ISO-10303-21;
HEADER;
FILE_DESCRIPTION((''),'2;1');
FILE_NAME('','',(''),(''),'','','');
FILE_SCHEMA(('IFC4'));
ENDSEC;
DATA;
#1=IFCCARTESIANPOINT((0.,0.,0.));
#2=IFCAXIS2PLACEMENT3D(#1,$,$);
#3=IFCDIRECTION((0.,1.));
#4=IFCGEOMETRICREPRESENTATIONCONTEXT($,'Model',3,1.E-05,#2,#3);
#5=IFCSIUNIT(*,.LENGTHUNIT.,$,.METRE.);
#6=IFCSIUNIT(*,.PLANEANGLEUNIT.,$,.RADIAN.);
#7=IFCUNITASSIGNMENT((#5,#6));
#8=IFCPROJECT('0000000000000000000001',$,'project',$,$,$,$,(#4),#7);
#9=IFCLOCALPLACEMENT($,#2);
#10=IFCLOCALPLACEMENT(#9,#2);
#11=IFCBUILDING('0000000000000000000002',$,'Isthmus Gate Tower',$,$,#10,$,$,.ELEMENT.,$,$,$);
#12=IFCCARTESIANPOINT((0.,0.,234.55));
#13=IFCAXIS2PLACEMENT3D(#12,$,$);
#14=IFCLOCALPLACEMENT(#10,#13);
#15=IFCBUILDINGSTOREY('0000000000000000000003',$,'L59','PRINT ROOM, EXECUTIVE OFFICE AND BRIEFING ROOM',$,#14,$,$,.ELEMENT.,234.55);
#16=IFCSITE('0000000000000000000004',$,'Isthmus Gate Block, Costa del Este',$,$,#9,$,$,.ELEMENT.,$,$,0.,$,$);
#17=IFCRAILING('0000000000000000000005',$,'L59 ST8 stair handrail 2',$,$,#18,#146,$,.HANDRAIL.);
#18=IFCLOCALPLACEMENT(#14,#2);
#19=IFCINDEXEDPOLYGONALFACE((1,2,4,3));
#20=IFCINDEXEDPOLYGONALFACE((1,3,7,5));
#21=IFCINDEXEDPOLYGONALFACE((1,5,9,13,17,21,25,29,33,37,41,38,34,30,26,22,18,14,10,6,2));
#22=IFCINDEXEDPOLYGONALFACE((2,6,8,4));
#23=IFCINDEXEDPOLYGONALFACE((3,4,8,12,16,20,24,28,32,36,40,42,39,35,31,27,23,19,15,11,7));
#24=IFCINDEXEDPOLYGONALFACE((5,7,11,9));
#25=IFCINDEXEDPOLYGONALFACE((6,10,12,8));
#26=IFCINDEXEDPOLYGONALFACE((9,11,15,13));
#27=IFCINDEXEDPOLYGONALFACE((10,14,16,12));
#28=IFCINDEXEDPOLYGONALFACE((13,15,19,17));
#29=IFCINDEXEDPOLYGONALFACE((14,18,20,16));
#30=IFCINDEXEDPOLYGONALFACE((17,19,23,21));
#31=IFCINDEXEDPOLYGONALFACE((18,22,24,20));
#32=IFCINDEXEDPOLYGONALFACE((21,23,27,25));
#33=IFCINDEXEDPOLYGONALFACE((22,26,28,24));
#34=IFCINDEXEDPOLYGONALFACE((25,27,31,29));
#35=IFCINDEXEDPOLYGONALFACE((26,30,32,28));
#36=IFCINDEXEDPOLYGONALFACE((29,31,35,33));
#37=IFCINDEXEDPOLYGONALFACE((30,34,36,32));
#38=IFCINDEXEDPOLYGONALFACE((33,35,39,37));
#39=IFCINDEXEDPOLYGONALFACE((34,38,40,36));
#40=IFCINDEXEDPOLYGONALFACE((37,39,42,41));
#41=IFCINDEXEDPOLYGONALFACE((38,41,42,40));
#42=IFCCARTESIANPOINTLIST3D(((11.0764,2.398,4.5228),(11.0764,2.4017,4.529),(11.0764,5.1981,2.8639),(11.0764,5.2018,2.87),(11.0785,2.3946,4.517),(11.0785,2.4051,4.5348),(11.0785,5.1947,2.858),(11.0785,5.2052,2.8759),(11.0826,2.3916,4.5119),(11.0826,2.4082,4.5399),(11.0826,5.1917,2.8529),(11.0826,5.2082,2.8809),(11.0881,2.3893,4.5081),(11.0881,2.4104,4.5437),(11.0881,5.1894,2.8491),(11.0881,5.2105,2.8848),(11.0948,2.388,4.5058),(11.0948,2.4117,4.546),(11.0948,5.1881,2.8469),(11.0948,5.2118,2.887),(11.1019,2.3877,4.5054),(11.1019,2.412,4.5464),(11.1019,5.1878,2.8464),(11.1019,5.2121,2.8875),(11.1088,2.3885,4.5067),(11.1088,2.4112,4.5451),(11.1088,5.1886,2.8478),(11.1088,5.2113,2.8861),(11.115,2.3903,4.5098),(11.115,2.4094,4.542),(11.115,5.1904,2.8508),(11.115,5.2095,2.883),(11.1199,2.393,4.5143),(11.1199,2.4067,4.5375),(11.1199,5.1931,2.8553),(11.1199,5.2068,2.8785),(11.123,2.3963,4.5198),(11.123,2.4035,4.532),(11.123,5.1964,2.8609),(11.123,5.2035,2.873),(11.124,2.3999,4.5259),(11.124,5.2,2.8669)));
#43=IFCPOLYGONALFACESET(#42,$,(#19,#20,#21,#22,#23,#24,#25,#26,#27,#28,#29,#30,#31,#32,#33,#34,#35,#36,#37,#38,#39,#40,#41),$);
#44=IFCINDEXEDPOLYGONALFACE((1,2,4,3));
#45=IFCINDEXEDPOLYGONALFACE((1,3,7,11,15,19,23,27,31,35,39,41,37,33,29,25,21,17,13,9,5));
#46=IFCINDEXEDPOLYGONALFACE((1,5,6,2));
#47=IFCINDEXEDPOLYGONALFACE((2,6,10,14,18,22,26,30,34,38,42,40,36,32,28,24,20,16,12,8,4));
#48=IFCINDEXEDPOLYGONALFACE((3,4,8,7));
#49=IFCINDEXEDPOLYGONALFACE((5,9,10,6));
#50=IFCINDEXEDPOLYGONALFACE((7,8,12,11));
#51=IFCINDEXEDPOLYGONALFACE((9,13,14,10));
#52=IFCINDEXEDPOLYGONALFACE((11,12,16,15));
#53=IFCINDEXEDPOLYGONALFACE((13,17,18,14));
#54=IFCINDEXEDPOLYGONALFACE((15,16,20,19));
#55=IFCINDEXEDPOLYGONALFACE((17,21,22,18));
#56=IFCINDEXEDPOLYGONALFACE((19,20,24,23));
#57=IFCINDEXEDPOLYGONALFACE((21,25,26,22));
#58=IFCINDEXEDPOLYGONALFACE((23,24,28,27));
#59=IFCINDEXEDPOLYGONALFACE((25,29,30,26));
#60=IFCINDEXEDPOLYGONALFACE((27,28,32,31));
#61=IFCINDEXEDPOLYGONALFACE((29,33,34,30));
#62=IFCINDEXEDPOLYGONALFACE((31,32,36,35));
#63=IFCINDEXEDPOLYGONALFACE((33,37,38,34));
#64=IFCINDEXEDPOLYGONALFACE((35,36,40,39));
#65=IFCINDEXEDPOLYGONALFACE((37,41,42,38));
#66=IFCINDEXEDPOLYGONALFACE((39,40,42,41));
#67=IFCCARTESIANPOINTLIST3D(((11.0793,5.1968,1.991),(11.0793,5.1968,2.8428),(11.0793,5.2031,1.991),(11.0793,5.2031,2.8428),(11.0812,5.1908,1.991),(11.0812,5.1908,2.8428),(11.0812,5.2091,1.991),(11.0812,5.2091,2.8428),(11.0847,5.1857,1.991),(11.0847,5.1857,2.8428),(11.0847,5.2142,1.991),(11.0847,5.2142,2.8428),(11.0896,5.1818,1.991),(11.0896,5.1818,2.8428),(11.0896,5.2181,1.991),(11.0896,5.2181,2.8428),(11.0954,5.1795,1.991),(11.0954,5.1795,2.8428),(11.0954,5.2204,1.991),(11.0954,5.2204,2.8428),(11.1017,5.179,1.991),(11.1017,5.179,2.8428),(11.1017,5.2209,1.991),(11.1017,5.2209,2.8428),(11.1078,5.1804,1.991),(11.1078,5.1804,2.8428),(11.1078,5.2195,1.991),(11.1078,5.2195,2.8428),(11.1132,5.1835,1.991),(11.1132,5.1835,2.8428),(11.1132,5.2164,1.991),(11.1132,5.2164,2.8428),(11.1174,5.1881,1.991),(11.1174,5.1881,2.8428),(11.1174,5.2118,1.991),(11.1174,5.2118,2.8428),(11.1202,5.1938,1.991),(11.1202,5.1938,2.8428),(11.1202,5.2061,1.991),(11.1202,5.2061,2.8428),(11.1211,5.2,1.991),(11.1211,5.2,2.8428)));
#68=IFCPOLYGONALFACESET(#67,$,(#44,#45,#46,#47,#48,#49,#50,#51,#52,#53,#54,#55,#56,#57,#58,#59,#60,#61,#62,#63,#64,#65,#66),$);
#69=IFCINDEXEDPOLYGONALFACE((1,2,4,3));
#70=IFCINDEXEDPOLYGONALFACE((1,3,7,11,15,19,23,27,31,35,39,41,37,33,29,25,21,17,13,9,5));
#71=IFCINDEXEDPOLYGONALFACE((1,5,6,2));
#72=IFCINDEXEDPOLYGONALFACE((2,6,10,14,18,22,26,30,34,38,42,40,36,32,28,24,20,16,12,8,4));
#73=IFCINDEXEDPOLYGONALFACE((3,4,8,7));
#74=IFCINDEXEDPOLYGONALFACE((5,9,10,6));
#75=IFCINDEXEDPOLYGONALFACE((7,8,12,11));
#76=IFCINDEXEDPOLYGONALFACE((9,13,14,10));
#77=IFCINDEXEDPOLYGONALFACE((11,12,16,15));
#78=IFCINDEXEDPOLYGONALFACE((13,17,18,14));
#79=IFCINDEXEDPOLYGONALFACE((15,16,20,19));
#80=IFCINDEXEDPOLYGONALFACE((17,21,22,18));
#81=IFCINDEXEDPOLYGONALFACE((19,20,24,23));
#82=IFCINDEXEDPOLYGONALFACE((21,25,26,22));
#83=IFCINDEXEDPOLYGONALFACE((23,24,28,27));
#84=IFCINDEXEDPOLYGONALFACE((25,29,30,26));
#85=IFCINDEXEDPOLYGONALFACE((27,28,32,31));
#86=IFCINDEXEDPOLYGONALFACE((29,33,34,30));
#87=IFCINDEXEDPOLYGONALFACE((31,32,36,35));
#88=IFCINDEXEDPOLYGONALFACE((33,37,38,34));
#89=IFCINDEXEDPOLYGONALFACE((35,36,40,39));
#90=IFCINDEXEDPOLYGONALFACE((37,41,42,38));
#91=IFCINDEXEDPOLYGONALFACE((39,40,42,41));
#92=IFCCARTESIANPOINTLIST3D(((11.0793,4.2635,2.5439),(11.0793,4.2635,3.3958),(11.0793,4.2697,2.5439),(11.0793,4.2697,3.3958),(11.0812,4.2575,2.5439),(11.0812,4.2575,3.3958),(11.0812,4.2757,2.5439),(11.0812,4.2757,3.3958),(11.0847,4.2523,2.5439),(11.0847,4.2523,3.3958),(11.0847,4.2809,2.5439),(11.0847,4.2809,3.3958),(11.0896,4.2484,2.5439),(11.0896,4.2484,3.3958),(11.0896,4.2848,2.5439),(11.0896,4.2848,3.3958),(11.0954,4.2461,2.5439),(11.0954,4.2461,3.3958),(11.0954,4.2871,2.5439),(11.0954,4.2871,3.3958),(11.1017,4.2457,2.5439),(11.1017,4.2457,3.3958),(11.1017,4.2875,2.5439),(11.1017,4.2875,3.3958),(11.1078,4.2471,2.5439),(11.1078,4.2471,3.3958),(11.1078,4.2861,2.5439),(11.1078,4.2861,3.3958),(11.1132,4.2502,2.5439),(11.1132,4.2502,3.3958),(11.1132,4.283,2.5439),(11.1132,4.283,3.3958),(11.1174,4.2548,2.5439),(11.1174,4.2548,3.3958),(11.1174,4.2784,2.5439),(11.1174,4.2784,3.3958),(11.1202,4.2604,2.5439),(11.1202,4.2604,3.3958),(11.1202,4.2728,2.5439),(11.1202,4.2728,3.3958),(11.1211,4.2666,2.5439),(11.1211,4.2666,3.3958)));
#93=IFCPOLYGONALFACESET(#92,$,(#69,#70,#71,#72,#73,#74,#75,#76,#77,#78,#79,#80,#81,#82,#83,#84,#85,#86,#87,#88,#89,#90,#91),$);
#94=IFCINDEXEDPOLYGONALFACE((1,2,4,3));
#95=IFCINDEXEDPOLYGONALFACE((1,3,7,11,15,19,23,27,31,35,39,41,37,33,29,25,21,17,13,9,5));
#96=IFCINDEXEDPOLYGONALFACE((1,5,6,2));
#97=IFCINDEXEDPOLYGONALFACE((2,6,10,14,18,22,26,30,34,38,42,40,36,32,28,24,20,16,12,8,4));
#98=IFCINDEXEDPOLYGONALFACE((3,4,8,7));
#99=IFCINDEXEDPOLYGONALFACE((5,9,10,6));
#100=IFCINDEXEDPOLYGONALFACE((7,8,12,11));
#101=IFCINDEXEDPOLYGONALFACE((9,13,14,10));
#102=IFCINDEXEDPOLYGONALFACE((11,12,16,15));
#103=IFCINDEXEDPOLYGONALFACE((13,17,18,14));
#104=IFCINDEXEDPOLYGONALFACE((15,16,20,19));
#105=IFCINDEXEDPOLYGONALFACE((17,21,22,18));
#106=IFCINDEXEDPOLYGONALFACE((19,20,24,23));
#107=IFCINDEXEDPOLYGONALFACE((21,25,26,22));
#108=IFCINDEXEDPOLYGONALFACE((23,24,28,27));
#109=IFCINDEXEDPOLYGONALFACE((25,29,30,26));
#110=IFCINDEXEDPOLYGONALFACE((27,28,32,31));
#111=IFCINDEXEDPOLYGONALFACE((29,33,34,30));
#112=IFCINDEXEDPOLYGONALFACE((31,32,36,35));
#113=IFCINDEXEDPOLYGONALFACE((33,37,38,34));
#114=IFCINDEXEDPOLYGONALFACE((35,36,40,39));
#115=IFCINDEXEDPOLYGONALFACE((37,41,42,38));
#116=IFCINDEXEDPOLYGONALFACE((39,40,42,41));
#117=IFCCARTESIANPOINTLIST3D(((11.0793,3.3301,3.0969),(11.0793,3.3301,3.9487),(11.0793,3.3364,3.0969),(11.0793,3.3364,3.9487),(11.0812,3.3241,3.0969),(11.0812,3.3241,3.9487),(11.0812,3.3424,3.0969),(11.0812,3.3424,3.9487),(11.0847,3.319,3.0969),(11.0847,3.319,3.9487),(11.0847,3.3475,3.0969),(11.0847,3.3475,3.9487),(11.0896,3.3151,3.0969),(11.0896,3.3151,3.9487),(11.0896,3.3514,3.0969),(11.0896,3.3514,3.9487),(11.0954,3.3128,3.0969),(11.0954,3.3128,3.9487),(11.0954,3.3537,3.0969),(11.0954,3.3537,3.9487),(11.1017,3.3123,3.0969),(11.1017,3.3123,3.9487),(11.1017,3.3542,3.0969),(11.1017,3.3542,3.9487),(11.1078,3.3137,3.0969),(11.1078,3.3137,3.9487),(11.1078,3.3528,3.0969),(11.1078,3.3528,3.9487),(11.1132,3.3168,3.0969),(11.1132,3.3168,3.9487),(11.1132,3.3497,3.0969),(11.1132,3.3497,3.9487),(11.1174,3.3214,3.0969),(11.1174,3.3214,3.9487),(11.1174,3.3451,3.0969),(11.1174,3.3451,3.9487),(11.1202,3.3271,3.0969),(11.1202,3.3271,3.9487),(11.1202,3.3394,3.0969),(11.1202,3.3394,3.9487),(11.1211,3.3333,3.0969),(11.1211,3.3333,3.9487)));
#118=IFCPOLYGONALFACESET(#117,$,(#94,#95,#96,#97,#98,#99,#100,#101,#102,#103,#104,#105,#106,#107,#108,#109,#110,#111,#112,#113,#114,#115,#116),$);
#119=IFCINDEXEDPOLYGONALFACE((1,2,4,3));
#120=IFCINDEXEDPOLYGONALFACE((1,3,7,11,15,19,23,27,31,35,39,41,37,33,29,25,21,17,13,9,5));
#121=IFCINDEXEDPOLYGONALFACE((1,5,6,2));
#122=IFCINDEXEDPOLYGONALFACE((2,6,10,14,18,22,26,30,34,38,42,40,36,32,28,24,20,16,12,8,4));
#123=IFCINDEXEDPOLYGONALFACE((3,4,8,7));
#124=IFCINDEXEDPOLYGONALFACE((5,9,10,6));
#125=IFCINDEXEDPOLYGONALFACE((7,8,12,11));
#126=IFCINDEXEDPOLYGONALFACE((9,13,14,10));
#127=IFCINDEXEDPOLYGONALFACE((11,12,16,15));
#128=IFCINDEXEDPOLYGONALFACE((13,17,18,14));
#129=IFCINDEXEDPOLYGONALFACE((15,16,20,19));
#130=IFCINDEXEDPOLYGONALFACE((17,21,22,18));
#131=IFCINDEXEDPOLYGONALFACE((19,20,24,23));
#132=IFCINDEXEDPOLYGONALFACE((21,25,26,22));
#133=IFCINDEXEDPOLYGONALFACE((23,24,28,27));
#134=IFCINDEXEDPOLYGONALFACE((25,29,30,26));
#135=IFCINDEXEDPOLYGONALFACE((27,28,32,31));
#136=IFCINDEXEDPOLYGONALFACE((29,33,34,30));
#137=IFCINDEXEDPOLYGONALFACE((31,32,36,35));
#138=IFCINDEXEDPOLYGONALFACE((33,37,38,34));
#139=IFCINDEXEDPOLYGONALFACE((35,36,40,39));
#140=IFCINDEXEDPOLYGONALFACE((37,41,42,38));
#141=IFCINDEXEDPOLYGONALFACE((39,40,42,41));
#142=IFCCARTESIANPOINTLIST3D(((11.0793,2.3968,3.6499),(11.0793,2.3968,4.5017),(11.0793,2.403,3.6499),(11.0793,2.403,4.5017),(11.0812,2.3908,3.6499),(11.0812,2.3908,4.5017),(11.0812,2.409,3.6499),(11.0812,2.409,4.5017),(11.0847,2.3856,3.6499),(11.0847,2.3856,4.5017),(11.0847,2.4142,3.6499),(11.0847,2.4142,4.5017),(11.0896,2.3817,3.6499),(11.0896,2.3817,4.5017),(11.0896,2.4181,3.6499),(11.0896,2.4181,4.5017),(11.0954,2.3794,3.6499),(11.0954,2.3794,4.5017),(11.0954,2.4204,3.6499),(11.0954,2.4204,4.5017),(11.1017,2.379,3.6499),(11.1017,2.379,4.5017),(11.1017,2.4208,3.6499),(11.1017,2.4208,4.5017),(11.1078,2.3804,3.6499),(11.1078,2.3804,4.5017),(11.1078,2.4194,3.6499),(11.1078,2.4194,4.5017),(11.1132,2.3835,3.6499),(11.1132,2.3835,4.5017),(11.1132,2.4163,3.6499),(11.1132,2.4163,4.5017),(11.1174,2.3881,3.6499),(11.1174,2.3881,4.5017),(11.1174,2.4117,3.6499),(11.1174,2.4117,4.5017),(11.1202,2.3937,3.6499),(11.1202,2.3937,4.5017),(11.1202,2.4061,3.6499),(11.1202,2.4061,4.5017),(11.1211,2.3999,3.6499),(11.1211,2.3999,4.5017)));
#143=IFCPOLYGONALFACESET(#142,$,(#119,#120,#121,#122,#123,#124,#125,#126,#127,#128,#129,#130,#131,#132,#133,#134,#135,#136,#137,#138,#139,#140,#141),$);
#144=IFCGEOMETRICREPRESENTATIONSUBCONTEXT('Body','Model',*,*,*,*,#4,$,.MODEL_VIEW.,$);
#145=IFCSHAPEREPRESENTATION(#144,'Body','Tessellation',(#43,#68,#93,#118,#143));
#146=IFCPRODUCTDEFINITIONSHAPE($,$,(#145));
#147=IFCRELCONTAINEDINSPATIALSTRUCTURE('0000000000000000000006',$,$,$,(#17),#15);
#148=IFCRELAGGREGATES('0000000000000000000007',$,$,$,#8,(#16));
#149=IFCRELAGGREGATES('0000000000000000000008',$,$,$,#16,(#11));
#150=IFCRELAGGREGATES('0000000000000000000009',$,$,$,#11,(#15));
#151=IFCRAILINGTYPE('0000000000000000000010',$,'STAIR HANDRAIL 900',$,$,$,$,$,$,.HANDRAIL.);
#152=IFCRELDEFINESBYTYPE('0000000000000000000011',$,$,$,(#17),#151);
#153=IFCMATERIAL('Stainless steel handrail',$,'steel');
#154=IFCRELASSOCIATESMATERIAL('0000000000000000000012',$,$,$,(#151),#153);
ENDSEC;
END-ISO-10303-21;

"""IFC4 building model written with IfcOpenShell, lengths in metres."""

from ifc_helpers import new_model, si_unit, direction, frame, origin, origin_2d, place, context, subcontext, project, spatial, circle, extrude, material, type_object, element, save


model = new_model("IFC4")

# Units and contexts
model_context = context("Model", 3, precision=1e-05, world=origin(), true_north=direction((0.0, 1.0)))
body_context = subcontext(model_context, "Body", "Model", "MODEL_VIEW")
ifc_project = project(units=[si_unit("LENGTHUNIT", "METRE"), si_unit("PLANEANGLEUNIT", "RADIAN")], contexts=[model_context])

# Site, building, storey
site_placement = place(None, origin())
site = spatial("IfcSite", under=ifc_project, at=site_placement, Name="Isthmus Gate Block, Costa del Este", CompositionType="ELEMENT", RefElevation=0.0)
building_placement = place(site_placement, origin())
building = spatial("IfcBuilding", under=site, at=building_placement, Name="Isthmus Gate Tower", CompositionType="ELEMENT")
storey_placement = place(building_placement, frame((0.0, 0.0, 234.55)))
storey = spatial("IfcBuildingStorey", under=building, at=storey_placement, Name="L59", Description="PRINT ROOM, EXECUTIVE OFFICE AND BRIEFING ROOM", CompositionType="ELEMENT", Elevation=234.55)

# Railing
ifc_material_1 = material(Name="Stainless steel handrail", Category="steel")
railing_type_1 = type_object("IfcRailingType", Name="STAIR HANDRAIL 900", PredefinedType="HANDRAIL", material=ifc_material_1)
railing_1_placement = place(storey_placement, frame((11.1001, 5.2, 1.991)))
element("IfcRailing", 1, at=railing_1_placement, inside=storey, type_object=railing_type_1, Name="L59 ST8 stair handrail 2", PredefinedType="HANDRAIL", context=body_context, shape_type="SweptSolid", body=[
    extrude(circle(Radius=0.0239, at=origin_2d()), frame((0.0, 0.0, 0.876), z_axis=(0.0, -0.860339, 0.509722), x_axis=(1.0, 0.0, 0.0)), (0.0, 0.0, 1.0), 3.2546),
    extrude(circle(Radius=0.021, at=origin_2d()), origin(), (0.0, 0.0, 1.0), 0.8518),
    extrude(circle(Radius=0.021, at=origin_2d()), frame((0.0, -0.9333, 0.553)), (0.0, 0.0, 1.0), 0.8518),
    extrude(circle(Radius=0.021, at=origin_2d()), frame((0.0, -1.8667, 1.106)), (0.0, 0.0, 1.0), 0.8518),
    extrude(circle(Radius=0.021, at=origin_2d()), frame((0.0, -2.8, 1.6589)), (0.0, 0.0, 1.0), 0.8518),
])

save(model, "model.ifc")
